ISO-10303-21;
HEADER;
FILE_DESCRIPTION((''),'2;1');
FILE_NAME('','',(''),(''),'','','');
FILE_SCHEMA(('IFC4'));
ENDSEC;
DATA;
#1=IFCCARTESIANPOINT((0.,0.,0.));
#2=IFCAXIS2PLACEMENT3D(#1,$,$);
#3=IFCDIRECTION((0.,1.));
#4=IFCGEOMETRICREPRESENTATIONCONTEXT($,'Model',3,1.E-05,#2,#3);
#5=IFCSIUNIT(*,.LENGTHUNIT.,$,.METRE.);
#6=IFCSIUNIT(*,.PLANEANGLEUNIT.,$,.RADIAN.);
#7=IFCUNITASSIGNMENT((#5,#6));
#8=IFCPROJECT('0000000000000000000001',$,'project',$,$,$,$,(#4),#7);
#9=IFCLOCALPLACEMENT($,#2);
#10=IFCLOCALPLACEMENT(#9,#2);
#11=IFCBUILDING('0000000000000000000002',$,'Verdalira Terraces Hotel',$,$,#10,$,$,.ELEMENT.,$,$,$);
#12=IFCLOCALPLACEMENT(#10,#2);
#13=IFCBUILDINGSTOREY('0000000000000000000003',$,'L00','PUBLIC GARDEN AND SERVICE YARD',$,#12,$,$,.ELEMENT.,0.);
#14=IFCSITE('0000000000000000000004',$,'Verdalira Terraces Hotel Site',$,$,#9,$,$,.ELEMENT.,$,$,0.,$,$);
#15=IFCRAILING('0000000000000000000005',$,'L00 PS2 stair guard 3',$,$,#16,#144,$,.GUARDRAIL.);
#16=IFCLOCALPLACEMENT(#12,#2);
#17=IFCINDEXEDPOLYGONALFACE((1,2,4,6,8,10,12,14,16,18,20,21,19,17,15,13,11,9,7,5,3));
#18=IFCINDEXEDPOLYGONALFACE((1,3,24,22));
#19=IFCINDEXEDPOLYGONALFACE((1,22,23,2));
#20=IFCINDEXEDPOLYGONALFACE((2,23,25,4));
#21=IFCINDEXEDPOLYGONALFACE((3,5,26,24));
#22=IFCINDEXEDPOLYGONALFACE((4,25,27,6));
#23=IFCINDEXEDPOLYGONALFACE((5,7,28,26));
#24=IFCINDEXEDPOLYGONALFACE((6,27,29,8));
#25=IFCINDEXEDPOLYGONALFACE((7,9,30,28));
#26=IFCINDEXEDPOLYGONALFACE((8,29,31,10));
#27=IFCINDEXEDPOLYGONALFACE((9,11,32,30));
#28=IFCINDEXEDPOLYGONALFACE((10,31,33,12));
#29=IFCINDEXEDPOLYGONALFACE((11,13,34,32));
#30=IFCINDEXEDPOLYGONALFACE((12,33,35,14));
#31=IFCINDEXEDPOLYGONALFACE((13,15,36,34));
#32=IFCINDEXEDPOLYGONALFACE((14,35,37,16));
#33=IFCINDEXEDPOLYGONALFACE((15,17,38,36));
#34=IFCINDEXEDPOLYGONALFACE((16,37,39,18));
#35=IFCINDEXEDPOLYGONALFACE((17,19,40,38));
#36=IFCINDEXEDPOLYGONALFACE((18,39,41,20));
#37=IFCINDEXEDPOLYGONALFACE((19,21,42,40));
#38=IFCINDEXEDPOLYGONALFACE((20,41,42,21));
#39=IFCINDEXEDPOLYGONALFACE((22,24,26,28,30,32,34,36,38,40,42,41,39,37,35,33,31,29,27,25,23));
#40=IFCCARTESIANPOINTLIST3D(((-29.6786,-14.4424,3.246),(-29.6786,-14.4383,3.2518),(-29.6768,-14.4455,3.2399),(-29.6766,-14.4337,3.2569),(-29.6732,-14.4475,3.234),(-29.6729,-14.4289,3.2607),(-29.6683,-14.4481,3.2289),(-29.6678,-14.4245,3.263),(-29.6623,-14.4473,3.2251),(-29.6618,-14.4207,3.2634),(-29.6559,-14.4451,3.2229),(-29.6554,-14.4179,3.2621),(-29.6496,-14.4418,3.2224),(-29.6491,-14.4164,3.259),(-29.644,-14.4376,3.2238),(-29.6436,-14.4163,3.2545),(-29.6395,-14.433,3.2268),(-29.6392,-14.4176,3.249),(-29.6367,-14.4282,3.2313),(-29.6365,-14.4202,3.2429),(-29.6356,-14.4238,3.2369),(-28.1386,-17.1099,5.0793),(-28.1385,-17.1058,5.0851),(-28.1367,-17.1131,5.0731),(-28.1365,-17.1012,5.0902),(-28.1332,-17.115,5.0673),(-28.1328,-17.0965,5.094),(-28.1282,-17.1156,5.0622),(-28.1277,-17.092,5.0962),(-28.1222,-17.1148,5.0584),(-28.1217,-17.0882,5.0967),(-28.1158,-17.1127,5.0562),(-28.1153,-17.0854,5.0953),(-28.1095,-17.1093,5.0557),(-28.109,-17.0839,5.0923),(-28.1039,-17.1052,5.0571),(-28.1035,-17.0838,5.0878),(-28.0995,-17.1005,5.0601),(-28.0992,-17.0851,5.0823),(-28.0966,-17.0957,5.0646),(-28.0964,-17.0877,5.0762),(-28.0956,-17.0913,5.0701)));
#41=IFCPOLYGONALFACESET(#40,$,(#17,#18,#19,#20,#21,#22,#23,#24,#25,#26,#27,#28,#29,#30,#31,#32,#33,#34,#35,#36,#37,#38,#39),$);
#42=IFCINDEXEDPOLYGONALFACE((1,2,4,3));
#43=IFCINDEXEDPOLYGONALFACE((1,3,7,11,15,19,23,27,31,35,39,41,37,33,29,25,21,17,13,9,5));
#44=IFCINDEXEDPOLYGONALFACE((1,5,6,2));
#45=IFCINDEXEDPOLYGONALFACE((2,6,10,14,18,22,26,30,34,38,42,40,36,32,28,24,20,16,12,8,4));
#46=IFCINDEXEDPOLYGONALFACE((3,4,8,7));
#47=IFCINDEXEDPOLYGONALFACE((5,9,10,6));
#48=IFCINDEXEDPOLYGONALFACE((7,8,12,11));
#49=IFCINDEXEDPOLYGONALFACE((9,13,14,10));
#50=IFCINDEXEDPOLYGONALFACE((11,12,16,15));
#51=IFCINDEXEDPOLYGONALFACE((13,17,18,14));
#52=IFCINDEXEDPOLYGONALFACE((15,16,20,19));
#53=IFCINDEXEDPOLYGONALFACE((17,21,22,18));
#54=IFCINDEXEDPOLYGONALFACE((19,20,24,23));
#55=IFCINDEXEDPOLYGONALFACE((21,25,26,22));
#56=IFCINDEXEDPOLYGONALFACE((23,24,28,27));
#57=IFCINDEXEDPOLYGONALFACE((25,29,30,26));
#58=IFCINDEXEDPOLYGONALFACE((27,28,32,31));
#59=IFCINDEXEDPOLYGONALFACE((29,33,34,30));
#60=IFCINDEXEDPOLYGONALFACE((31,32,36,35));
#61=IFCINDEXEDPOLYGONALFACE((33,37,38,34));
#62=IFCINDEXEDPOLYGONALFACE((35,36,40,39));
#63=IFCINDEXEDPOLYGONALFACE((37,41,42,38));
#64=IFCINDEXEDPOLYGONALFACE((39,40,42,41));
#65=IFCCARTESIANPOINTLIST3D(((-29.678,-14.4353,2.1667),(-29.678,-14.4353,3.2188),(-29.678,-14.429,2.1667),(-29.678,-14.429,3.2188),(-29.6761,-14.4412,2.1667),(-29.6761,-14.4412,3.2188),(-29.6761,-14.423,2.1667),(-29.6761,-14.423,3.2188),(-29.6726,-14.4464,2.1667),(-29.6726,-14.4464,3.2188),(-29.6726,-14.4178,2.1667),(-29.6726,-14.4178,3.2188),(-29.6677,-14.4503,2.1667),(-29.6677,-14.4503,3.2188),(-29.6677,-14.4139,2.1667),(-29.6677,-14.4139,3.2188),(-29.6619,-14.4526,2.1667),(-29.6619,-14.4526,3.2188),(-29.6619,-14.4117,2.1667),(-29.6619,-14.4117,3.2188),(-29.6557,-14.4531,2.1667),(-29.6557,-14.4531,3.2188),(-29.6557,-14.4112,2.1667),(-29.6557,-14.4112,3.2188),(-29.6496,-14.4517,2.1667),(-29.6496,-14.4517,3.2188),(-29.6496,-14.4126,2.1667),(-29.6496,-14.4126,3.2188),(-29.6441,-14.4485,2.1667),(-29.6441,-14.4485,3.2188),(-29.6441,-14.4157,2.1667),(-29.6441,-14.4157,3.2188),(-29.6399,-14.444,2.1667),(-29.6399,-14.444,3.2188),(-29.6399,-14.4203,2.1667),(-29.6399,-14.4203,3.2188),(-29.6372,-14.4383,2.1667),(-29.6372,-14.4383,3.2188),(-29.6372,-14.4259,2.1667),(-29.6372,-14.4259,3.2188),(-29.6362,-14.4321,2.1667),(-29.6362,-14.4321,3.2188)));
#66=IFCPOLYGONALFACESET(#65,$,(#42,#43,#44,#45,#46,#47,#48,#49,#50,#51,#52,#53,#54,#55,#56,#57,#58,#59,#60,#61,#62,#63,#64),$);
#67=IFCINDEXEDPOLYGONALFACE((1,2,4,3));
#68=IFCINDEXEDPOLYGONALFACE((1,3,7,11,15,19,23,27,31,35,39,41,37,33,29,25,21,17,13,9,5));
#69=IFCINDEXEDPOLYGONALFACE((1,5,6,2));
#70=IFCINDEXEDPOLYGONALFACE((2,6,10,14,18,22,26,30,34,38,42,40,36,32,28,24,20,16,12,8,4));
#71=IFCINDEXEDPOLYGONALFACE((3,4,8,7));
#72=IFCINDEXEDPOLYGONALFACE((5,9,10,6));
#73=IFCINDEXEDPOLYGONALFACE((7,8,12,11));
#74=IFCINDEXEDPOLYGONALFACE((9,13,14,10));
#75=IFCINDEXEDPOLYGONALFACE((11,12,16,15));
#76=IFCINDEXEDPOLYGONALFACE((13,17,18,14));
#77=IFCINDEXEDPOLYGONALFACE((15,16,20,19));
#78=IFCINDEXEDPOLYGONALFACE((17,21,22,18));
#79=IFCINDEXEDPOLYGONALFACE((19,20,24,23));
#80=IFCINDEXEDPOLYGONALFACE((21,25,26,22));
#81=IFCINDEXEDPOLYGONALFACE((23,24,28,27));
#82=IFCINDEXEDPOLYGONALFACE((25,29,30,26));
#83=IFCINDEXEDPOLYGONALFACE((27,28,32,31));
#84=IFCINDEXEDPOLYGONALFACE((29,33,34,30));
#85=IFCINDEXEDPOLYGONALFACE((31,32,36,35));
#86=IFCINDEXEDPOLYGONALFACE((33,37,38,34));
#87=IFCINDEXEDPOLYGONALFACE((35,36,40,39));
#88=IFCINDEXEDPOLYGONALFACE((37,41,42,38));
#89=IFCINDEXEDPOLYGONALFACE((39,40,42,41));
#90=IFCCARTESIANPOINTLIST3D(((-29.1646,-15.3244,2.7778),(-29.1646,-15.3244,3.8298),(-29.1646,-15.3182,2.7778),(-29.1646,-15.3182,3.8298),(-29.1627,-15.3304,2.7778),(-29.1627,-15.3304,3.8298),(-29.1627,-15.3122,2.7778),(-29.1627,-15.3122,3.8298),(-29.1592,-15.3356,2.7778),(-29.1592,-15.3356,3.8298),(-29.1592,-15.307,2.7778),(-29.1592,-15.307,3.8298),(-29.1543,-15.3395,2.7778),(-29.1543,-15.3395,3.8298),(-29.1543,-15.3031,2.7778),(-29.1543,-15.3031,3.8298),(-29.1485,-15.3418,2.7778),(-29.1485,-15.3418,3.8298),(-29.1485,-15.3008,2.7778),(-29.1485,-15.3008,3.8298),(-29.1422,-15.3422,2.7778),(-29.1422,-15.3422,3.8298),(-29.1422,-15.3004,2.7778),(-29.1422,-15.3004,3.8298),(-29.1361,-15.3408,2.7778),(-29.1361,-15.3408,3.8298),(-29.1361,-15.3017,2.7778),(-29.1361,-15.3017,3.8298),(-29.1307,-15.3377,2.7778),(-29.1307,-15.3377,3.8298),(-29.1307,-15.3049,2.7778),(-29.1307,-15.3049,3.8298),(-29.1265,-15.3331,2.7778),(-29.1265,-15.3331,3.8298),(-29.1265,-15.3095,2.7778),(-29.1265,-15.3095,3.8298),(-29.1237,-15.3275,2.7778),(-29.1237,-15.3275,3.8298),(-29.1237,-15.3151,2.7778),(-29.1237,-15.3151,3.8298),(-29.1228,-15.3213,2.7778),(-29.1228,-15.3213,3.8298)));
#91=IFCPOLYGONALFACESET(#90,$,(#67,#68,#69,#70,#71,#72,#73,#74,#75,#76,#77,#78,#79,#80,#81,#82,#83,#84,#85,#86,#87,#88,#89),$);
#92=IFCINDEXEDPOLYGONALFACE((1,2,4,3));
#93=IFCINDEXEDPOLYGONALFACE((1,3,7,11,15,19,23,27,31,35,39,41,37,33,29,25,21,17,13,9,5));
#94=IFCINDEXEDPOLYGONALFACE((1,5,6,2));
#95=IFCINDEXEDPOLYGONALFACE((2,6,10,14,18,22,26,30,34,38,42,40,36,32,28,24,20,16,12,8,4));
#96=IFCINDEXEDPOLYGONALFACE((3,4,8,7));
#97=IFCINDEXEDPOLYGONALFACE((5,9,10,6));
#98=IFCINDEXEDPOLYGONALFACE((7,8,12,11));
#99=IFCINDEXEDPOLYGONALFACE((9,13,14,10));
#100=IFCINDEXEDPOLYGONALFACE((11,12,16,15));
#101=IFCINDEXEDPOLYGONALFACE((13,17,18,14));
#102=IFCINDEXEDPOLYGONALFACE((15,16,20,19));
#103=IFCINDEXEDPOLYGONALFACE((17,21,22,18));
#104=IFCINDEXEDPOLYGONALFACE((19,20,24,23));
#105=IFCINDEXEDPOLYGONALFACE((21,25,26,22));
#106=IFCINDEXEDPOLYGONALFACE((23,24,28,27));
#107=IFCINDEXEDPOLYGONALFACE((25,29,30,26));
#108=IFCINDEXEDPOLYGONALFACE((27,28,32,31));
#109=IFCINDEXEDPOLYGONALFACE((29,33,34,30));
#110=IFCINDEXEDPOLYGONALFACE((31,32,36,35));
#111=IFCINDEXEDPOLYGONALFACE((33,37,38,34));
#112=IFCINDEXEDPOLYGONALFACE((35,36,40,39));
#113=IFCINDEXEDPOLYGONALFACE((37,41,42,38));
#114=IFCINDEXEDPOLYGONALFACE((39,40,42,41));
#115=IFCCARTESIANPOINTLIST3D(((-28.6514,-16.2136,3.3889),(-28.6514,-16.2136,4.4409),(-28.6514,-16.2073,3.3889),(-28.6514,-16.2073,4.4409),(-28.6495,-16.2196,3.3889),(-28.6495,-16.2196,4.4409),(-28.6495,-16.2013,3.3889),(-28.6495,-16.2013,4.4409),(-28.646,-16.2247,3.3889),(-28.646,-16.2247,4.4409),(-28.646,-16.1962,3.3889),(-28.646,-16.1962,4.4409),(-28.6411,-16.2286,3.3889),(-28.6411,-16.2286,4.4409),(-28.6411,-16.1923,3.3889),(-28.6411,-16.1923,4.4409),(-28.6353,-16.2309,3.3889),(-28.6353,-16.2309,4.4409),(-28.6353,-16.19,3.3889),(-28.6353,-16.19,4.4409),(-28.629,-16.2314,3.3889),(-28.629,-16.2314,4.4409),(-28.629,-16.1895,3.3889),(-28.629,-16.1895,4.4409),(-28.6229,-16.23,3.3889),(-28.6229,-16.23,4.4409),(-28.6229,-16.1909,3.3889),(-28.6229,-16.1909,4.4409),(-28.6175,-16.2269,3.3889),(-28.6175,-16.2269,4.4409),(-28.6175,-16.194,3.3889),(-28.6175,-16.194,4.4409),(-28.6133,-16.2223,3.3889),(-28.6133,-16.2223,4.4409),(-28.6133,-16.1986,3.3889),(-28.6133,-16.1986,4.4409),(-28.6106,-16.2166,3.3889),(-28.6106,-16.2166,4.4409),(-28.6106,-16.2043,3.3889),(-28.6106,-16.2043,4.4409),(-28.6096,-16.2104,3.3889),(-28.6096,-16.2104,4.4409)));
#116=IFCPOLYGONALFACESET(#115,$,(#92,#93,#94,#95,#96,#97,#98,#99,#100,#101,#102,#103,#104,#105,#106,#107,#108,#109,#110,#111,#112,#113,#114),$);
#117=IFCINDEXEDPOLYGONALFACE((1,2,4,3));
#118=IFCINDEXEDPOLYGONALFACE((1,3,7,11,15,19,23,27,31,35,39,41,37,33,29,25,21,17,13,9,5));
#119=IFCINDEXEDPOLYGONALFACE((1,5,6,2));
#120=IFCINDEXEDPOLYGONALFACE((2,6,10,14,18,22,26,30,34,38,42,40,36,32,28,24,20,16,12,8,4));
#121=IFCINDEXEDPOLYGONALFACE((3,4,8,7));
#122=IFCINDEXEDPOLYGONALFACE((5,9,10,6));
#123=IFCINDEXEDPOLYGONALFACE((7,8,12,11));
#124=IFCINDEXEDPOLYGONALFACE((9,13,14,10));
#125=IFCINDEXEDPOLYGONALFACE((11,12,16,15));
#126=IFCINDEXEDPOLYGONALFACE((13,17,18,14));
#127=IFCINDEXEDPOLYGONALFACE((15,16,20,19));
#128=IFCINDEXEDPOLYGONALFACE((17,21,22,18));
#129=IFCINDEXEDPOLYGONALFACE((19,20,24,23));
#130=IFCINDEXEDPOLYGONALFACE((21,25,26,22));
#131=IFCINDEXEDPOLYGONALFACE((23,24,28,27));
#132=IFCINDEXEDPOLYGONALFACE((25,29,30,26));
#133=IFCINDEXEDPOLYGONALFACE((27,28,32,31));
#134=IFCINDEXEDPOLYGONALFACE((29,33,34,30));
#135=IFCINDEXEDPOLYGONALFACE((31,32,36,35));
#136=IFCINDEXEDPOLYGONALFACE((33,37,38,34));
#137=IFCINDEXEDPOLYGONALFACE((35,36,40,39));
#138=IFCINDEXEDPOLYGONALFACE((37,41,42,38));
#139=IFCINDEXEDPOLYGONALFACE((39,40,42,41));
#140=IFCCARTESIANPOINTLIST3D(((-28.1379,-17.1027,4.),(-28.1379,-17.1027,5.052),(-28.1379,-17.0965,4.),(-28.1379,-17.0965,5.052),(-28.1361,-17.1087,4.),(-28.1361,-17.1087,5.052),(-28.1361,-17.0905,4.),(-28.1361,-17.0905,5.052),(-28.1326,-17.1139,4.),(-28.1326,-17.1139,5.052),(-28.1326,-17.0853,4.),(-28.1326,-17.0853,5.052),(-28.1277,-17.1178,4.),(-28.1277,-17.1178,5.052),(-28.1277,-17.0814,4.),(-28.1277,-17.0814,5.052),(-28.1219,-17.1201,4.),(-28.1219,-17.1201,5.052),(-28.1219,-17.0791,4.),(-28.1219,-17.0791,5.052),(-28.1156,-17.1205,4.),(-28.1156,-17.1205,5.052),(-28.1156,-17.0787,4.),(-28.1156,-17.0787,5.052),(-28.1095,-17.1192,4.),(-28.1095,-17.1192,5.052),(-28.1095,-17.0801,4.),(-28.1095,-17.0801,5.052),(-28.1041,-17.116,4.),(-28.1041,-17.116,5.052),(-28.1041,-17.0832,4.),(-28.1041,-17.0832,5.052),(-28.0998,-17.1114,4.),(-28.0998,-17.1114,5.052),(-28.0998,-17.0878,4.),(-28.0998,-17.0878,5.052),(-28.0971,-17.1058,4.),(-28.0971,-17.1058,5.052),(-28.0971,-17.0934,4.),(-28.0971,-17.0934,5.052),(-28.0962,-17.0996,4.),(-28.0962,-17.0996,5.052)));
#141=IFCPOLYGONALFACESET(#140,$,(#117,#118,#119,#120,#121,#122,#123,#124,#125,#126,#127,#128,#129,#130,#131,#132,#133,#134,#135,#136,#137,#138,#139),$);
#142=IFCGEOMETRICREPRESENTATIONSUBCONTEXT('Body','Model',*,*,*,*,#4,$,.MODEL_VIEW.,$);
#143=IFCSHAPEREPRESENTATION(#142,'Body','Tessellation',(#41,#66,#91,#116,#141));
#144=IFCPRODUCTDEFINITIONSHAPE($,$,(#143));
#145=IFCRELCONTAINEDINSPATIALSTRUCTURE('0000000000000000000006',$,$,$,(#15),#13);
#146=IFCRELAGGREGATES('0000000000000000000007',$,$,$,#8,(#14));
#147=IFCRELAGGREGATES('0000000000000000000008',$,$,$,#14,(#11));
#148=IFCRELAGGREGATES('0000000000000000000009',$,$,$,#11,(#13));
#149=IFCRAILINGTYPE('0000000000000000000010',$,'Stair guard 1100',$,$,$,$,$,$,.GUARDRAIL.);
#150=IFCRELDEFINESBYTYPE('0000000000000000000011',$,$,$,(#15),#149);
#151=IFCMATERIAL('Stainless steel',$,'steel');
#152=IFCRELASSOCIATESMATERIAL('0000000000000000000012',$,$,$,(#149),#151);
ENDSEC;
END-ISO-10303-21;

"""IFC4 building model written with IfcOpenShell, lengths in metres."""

from ifc_helpers import new_model, si_unit, direction, frame, origin, origin_2d, place, context, subcontext, project, spatial, circle, extrude, material, type_object, element, save


model = new_model("IFC4")

# Units and contexts
model_context = context("Model", 3, precision=1e-05, world=origin(), true_north=direction((0.0, 1.0)))
body_context = subcontext(model_context, "Body", "Model", "MODEL_VIEW")
ifc_project = project(units=[si_unit("LENGTHUNIT", "METRE"), si_unit("PLANEANGLEUNIT", "RADIAN")], contexts=[model_context])

# Site, building, storey
site_placement = place(None, origin())
site = spatial("IfcSite", under=ifc_project, at=site_placement, Name="Verdalira Terraces Hotel Site", CompositionType="ELEMENT", RefElevation=0.0)
building_placement = place(site_placement, origin())
building = spatial("IfcBuilding", under=site, at=building_placement, Name="Verdalira Terraces Hotel", CompositionType="ELEMENT")
storey_placement = place(building_placement, origin())
storey = spatial("IfcBuildingStorey", under=building, at=storey_placement, Name="L00", Description="PUBLIC GARDEN AND SERVICE YARD", CompositionType="ELEMENT", Elevation=0.0)

# Railing
ifc_material_1 = material(Name="Stainless steel", Category="steel")
railing_type = type_object("IfcRailingType", Name="Stair guard 1100", PredefinedType="GUARDRAIL", material=ifc_material_1)
railing_1_placement = place(storey_placement, frame((-29.6572, -14.4321, 2.1667)))
element("IfcRailing", 1, at=railing_1_placement, inside=storey, type_object=railing_type, Name="L00 PS2 stair guard 3", PredefinedType="GUARDRAIL", context=body_context, shape_type="SweptSolid", body=[
    extrude(circle(Radius=0.0239, at=origin_2d()), frame((0.0, 0.0, 1.0762), z_axis=(0.429649, -0.74419, 0.511452), x_axis=(0.86603, 0.499992, 0.0)), (0.0, 0.0, 1.0), 3.5845),
    extrude(circle(Radius=0.021, at=origin_2d()), origin(), (0.0, 0.0, 1.0), 1.052),
    extrude(circle(Radius=0.021, at=origin_2d()), frame((0.5134, -0.8892, 0.6111)), (0.0, 0.0, 1.0), 1.052),
    extrude(circle(Radius=0.021, at=origin_2d()), frame((1.0266, -1.7783, 1.2222)), (0.0, 0.0, 1.0), 1.052),
    extrude(circle(Radius=0.021, at=origin_2d()), frame((1.54, -2.6675, 1.8333)), (0.0, 0.0, 1.0), 1.052),
])

save(model, "model.ifc")
